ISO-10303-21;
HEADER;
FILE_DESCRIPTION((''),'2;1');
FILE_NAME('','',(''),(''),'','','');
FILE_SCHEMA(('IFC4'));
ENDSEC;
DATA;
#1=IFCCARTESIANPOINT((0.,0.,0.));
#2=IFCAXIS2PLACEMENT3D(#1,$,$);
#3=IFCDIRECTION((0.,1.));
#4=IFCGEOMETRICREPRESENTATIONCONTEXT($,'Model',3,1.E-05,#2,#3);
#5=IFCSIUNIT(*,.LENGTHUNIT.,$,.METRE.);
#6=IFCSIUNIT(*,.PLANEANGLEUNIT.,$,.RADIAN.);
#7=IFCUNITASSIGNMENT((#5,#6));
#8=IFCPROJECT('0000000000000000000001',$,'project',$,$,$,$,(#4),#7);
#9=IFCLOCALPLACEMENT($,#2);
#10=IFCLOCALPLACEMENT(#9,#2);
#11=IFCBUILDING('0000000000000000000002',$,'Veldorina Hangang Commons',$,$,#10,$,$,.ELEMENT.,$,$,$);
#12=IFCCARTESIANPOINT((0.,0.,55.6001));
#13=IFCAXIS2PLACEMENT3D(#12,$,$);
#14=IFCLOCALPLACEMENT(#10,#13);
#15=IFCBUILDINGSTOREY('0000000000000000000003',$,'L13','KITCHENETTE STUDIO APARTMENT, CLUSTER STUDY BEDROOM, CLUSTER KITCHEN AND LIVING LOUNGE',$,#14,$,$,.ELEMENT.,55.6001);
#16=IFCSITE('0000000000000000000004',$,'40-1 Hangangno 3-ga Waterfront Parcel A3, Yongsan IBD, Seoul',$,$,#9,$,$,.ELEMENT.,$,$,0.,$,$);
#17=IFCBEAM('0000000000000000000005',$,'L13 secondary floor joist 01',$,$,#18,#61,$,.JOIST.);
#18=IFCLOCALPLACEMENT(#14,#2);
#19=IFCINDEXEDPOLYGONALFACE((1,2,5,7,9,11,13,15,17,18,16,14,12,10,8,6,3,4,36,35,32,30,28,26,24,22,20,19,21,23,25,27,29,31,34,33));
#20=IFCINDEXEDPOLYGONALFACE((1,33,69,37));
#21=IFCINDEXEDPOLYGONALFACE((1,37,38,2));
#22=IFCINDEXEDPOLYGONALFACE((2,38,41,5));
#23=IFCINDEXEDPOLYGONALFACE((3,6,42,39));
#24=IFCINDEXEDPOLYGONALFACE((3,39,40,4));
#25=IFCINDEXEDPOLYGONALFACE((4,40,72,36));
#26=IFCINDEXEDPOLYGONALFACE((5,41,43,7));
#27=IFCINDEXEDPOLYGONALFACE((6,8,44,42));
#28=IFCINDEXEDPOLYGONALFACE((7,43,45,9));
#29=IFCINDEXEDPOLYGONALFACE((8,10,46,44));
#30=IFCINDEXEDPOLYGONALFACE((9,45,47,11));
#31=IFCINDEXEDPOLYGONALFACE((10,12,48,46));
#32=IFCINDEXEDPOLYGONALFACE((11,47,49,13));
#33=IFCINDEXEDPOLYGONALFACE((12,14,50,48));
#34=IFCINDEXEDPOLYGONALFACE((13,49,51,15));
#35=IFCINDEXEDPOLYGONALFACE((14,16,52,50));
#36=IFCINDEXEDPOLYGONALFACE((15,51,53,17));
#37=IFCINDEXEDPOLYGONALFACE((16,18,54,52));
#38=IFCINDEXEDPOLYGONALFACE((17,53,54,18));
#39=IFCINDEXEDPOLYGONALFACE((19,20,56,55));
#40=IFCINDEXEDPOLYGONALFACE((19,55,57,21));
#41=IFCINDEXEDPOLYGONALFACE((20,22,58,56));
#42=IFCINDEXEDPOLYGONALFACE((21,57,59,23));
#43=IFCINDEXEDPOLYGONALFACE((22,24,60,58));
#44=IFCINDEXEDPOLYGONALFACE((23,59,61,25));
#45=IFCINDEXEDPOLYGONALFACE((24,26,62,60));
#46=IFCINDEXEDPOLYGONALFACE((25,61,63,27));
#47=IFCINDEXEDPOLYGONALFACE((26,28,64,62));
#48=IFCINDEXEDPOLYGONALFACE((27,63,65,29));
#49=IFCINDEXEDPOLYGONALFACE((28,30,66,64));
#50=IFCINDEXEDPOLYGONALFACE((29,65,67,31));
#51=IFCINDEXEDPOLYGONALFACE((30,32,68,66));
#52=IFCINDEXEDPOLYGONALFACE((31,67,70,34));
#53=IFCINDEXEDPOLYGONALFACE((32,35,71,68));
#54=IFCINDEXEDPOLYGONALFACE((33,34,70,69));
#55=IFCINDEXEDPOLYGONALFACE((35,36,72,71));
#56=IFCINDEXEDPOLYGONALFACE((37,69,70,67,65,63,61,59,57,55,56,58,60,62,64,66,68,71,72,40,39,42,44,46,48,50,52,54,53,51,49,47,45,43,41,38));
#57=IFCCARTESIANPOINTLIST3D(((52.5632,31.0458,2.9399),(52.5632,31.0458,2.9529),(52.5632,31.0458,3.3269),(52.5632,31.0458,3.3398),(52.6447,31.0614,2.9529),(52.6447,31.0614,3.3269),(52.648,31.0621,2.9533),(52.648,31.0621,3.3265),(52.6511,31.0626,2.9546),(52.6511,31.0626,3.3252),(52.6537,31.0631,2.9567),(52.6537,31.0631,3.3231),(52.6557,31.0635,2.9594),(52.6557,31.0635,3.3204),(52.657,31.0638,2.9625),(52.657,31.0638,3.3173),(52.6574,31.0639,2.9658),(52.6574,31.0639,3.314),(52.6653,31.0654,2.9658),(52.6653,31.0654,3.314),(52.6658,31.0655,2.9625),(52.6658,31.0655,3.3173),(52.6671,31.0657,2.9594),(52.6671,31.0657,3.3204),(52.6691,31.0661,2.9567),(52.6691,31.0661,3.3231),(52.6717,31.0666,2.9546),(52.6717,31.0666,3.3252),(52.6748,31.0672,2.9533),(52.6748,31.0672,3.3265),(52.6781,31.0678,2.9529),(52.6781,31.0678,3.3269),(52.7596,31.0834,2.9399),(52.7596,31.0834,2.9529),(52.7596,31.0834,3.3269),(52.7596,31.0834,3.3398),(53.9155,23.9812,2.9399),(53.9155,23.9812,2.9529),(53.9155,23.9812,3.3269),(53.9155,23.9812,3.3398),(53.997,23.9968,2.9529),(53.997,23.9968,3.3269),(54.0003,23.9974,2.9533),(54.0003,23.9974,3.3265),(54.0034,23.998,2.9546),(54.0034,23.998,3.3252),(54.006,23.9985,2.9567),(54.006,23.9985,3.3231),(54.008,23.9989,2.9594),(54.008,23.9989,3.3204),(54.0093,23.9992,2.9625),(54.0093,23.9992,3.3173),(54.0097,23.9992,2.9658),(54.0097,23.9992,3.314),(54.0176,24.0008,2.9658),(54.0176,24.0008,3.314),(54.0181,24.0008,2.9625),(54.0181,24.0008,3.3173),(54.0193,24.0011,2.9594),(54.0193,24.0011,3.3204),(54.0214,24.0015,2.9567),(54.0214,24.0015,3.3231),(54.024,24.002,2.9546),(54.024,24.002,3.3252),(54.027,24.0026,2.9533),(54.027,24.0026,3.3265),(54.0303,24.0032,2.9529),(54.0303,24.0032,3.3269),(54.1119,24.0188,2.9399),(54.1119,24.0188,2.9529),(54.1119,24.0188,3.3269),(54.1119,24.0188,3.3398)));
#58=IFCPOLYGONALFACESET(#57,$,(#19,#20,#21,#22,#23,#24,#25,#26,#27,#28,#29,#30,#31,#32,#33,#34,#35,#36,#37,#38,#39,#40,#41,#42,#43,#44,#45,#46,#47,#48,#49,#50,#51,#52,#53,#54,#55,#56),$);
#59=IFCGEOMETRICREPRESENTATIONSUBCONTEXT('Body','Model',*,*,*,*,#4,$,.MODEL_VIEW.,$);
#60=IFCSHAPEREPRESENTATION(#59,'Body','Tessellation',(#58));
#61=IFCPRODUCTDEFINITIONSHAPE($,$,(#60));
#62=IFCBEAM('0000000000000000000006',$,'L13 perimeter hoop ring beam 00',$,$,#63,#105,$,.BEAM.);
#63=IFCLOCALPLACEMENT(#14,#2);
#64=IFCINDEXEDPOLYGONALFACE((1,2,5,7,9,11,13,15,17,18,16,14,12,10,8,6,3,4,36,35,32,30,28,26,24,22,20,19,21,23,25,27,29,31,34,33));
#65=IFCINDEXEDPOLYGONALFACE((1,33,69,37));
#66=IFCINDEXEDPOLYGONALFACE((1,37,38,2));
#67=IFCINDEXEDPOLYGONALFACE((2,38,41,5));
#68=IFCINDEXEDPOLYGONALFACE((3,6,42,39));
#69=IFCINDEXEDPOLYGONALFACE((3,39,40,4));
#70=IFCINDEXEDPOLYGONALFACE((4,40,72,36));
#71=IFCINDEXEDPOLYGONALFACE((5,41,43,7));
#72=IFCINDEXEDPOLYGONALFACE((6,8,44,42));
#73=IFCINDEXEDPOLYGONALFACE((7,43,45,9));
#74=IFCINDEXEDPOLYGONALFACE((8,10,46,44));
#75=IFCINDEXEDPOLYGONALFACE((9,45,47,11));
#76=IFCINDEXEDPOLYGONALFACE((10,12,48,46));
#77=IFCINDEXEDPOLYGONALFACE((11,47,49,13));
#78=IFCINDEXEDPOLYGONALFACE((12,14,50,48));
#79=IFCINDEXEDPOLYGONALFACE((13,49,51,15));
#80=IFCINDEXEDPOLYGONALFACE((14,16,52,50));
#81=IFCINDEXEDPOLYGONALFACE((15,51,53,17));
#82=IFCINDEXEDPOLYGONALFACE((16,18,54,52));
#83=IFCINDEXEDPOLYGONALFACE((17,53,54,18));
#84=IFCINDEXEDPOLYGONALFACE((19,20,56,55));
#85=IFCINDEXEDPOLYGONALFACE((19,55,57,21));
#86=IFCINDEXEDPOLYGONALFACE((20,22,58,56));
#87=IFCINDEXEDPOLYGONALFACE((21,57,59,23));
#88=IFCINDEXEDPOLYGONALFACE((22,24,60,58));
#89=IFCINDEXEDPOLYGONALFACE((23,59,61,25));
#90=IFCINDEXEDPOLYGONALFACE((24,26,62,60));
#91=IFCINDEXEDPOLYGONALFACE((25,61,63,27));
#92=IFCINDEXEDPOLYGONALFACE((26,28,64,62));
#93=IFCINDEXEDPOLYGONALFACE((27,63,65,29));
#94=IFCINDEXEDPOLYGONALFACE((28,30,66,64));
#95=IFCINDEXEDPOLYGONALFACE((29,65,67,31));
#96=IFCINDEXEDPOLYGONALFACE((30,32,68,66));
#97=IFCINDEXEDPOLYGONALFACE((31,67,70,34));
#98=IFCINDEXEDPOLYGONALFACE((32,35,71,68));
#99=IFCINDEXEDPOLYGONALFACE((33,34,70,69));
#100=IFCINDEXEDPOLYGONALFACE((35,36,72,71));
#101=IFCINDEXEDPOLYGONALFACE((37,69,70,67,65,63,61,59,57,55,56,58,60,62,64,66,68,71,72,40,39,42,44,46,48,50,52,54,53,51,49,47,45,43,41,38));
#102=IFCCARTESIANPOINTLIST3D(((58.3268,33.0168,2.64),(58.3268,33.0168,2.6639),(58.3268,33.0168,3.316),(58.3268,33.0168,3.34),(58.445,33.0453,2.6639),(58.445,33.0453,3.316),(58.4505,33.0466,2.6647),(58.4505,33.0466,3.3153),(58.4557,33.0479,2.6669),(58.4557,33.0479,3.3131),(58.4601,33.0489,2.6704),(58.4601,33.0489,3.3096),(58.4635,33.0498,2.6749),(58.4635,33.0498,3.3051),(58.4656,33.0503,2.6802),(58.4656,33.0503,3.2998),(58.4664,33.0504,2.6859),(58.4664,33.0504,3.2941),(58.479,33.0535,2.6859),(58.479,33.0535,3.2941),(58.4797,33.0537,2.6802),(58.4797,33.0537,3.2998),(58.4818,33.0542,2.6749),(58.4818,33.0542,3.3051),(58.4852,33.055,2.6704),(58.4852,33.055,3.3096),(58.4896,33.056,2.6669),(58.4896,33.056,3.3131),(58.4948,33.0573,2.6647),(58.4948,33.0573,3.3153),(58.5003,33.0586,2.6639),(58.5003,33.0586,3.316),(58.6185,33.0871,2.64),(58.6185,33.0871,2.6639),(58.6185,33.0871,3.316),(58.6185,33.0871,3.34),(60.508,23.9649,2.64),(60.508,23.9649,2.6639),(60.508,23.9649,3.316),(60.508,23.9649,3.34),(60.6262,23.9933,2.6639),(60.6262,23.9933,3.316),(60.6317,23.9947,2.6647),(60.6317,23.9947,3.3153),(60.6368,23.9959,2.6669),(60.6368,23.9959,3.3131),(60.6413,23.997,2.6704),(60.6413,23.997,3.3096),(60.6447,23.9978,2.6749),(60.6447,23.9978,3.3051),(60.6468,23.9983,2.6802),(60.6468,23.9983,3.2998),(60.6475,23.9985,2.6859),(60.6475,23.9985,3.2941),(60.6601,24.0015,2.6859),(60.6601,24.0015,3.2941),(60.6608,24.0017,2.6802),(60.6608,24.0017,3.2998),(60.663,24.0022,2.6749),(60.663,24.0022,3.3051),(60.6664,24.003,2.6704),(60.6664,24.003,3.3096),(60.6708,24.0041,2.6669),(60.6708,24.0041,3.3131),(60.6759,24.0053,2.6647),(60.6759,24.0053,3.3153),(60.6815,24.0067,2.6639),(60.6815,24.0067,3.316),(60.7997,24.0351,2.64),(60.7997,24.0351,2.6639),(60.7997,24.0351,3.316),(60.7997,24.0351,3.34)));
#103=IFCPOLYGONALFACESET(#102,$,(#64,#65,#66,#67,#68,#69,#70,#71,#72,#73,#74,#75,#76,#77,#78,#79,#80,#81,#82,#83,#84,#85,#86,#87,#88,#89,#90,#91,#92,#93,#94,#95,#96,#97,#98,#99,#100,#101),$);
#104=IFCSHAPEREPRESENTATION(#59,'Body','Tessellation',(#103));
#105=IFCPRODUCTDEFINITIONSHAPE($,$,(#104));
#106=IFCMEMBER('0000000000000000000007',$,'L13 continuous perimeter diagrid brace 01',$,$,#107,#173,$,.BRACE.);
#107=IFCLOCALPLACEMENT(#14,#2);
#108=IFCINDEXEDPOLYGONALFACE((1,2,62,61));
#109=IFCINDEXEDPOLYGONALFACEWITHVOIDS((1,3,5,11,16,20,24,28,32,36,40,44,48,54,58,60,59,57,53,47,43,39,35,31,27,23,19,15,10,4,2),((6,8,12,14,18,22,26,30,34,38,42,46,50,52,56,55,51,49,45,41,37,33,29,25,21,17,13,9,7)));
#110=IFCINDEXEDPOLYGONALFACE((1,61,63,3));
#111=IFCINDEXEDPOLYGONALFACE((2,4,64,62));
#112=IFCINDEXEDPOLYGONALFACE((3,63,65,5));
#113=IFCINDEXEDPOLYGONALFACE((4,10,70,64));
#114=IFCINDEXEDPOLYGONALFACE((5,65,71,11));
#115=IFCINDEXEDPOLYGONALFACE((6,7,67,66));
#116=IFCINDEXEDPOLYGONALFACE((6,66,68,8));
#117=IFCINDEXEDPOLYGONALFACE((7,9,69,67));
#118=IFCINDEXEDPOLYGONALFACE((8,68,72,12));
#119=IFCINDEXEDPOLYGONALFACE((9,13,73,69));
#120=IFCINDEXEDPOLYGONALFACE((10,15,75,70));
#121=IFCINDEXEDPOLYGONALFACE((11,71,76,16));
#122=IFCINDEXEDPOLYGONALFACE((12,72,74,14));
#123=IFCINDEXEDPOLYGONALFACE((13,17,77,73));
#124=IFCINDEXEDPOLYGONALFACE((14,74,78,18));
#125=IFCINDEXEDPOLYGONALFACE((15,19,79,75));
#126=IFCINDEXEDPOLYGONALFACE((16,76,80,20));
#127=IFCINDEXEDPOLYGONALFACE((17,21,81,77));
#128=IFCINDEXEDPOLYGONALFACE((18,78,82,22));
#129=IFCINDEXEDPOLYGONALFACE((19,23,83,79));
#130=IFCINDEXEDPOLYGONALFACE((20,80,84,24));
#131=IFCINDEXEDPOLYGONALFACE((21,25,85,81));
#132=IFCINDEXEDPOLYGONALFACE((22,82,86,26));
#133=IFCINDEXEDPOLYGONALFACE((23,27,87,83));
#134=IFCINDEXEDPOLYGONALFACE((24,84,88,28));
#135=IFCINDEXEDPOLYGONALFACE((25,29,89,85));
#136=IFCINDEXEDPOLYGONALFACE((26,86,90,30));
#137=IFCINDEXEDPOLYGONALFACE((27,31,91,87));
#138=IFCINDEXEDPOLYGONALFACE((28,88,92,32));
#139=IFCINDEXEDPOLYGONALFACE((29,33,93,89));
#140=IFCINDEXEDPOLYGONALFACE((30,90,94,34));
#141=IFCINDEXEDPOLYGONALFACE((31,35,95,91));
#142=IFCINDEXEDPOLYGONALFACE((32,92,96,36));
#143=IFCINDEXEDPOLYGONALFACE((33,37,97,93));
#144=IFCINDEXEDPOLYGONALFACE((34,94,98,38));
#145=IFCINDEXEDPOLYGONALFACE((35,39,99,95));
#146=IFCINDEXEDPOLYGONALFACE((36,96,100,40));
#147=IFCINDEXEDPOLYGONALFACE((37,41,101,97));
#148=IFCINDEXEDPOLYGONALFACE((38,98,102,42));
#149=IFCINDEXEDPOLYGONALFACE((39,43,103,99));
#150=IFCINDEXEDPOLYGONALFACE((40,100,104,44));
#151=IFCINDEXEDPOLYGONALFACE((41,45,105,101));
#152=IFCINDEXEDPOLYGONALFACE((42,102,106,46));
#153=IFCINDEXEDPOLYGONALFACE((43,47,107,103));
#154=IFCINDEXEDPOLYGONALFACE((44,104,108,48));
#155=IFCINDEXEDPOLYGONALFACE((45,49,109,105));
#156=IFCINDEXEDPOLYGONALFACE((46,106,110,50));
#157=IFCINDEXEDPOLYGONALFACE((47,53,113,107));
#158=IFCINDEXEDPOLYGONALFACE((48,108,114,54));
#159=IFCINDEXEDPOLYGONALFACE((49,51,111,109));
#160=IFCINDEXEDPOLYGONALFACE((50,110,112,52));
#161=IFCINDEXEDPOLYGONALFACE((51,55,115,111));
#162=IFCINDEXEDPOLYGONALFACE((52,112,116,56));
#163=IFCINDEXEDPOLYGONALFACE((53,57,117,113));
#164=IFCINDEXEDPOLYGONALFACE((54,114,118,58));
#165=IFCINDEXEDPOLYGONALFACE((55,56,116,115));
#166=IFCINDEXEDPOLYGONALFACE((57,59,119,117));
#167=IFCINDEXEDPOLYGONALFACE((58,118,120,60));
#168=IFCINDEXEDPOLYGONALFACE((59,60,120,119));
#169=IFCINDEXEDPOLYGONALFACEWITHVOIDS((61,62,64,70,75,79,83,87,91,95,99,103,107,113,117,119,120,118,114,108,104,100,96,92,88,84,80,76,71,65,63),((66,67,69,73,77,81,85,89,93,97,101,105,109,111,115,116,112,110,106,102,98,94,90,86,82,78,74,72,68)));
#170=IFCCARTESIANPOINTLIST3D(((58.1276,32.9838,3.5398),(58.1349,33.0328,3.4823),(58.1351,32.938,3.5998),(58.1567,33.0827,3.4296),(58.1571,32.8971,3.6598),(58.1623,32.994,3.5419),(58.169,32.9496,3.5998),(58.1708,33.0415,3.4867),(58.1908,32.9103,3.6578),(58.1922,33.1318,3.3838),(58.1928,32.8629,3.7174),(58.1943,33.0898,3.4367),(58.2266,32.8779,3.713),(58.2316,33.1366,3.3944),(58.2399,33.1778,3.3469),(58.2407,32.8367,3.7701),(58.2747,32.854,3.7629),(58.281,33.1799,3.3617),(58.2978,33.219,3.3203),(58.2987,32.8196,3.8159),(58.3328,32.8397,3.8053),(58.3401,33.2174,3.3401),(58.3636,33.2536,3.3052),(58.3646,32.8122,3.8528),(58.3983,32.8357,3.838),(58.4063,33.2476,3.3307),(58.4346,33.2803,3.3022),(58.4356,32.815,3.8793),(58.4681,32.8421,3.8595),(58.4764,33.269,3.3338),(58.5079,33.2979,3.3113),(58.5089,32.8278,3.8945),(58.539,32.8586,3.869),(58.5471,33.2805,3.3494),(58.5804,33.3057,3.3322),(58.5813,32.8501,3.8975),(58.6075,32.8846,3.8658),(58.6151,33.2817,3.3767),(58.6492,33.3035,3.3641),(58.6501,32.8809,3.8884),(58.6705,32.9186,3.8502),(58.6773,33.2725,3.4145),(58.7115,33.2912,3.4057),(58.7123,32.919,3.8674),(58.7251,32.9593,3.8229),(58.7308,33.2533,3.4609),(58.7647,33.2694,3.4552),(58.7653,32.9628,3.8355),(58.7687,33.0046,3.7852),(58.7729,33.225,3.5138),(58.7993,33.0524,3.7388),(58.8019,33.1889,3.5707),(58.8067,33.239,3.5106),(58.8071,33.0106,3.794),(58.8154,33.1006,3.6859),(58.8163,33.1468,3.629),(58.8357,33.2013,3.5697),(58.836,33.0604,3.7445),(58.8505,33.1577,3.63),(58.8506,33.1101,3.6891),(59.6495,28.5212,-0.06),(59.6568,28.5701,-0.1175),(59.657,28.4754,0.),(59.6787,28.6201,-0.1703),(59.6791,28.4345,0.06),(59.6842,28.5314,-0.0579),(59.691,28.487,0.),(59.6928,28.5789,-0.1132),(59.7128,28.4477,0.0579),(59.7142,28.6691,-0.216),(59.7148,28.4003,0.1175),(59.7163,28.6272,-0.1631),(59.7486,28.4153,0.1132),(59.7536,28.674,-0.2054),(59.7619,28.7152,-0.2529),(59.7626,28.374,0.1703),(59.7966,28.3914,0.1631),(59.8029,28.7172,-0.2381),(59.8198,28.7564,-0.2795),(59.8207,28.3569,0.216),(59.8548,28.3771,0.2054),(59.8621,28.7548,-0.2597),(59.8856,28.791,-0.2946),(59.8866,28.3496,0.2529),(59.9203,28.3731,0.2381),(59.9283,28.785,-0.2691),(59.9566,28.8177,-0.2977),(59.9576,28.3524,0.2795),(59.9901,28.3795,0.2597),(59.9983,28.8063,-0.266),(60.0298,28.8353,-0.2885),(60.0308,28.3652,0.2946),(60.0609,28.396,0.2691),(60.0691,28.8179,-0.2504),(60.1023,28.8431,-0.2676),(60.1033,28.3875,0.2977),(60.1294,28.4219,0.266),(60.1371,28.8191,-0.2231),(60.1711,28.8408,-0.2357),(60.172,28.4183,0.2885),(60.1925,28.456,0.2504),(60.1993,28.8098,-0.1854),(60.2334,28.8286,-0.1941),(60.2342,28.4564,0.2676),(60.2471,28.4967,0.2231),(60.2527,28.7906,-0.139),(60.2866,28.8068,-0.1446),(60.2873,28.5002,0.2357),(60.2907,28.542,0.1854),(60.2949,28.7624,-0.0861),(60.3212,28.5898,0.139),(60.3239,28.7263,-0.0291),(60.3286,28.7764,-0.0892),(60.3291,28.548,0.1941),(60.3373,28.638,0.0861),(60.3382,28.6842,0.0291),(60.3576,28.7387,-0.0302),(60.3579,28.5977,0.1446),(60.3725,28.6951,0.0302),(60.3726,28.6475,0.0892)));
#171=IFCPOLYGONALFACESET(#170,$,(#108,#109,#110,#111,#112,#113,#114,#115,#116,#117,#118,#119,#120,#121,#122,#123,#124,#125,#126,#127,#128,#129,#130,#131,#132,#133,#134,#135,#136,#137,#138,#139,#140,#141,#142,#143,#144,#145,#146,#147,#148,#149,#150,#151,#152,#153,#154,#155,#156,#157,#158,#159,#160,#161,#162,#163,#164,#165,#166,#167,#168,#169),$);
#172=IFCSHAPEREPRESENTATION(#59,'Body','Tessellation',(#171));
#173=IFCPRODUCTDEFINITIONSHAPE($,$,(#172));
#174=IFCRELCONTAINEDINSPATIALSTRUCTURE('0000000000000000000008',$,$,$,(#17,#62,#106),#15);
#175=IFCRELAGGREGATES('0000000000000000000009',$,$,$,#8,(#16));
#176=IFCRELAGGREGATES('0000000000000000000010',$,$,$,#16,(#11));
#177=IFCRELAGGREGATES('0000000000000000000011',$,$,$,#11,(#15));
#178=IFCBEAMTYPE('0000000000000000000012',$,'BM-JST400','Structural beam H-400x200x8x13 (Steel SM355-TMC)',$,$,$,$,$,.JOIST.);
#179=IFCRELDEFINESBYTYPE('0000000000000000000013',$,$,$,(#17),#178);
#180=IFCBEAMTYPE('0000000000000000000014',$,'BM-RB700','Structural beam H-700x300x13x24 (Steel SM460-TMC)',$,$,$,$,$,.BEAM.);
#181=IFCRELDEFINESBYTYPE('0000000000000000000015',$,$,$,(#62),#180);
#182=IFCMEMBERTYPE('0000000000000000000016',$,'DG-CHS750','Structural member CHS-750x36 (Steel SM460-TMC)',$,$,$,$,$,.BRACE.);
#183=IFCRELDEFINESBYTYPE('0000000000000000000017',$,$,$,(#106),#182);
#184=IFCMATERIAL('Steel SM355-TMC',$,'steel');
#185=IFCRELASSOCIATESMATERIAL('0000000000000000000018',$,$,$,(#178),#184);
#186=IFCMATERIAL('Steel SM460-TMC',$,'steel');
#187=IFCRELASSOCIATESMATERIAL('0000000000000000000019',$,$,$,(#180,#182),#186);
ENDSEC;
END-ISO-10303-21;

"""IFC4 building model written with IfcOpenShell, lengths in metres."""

from ifc_helpers import new_model, si_unit, direction, frame, origin, origin_2d, place, context, subcontext, project, spatial, hollow_circle, i_section, extrude, material, material_profile, profile_set, type_object, element, save


model = new_model("IFC4")

# Units and contexts
model_context = context("Model", 3, precision=1e-05, world=origin(), true_north=direction((0.0, 1.0)))
body_context = subcontext(model_context, "Body", "Model", "MODEL_VIEW")
ifc_project = project(units=[si_unit("LENGTHUNIT", "METRE"), si_unit("PLANEANGLEUNIT", "RADIAN")], contexts=[model_context])

# Site, building, storey
site_placement = place(None, origin())
site = spatial("IfcSite", under=ifc_project, at=site_placement, Name="40-1 Hangangno 3-ga Waterfront Parcel A3, Yongsan IBD, Seoul", CompositionType="ELEMENT", RefElevation=0.0)
building_placement = place(site_placement, origin())
building = spatial("IfcBuilding", under=site, at=building_placement, Name="Veldorina Hangang Commons", CompositionType="ELEMENT")
storey_placement = place(building_placement, frame((0.0, 0.0, 55.6001)))
storey = spatial("IfcBuildingStorey", under=building, at=storey_placement, Name="L13", Description="KITCHENETTE STUDIO APARTMENT, CLUSTER STUDY BEDROOM, CLUSTER KITCHEN AND LIVING LOUNGE", CompositionType="ELEMENT", Elevation=55.6001)

# Beams
ifc_material_1 = material(Name="Steel SM355-TMC", Category="steel")
ifc_material_profile_1 = material_profile(ifc_material_1, i_section(OverallWidth=0.2, OverallDepth=0.3999, WebThickness=0.0081, FlangeThickness=0.0129, FilletRadius=0.0129, at=origin_2d()), Name="H-400x200x8x13")
ifc_profile_set_1 = profile_set([ifc_material_profile_1], Name="Steel SM355-TMC")
beam_type_1 = type_object("IfcBeamType", Name="BM-JST400", Description="Structural beam H-400x200x8x13 (Steel SM355-TMC)", PredefinedType="JOIST", material=ifc_profile_set_1)
beam_1_placement = place(storey_placement, frame((54.0137, 24.0, 3.1399), z_axis=(-0.188003, 0.982169, 0.0), x_axis=(-0.982169, -0.188003, 0.0)))
element("IfcBeam", 1, at=beam_1_placement, inside=storey, type_object=beam_type_1, Name="L13 secondary floor joist 01", PredefinedType="JOIST", context=body_context, shape_type="SweptSolid", body=[
    extrude(i_section(OverallWidth=0.2, OverallDepth=0.3999, WebThickness=0.0081, FlangeThickness=0.0129, FilletRadius=0.0129, at=origin_2d()), origin(), (0.0, 0.0, 1.0), 7.1929),
])
ifc_material_2 = material(Name="Steel SM460-TMC", Category="steel")
ifc_material_profile_2 = material_profile(ifc_material_2, i_section(OverallWidth=0.3, OverallDepth=0.7, WebThickness=0.0129, FlangeThickness=0.0239, FilletRadius=0.022, at=origin_2d()), Name="H-700x300x13x24")
ifc_profile_set_2 = profile_set([ifc_material_profile_2], Name="Steel SM460-TMC")
beam_type_2 = type_object("IfcBeamType", Name="BM-RB700", Description="Structural beam H-700x300x13x24 (Steel SM460-TMC)", PredefinedType="BEAM", material=ifc_profile_set_2)
beam_2_placement = place(storey_placement, frame((60.6538, 24.0, 2.99), z_axis=(-0.234253, 0.972176, 0.0), x_axis=(-0.972176, -0.234253, 0.0)))
element("IfcBeam", 2, at=beam_2_placement, inside=storey, type_object=beam_type_2, Name="L13 perimeter hoop ring beam 00", PredefinedType="BEAM", context=body_context, shape_type="SweptSolid", body=[
    extrude(i_section(OverallWidth=0.3, OverallDepth=0.7, WebThickness=0.0129, FlangeThickness=0.0239, FilletRadius=0.022, at=origin_2d()), origin(), (0.0, 0.0, 1.0), 9.311),
])

# Member
ifc_material_profile_3 = material_profile(ifc_material_2, hollow_circle(Radius=0.375, WallThickness=0.0359, at=origin_2d()), Name="CHS-750x36")
ifc_profile_set_3 = profile_set([ifc_material_profile_3], Name="Steel SM460-TMC")
member_type = type_object("IfcMemberType", Name="DG-CHS750", Description="Structural member CHS-750x36 (Steel SM460-TMC)", PredefinedType="BRACE", material=ifc_profile_set_3)
member_1_placement = place(storey_placement, frame((60.012, 28.5964, 0.0), z_axis=(-0.256563, 0.75228, 0.606837), x_axis=(-0.94647, -0.322791, 0.0)))
element("IfcMember", 3, at=member_1_placement, inside=storey, type_object=member_type, Name="L13 continuous perimeter diagrid brace 01", PredefinedType="BRACE", context=body_context, shape_type="SweptSolid", body=[
    extrude(hollow_circle(Radius=0.375, WallThickness=0.0359, at=origin_2d()), origin(), (0.0, 0.0, 1.0), 5.9321),
])

save(model, "model.ifc")
